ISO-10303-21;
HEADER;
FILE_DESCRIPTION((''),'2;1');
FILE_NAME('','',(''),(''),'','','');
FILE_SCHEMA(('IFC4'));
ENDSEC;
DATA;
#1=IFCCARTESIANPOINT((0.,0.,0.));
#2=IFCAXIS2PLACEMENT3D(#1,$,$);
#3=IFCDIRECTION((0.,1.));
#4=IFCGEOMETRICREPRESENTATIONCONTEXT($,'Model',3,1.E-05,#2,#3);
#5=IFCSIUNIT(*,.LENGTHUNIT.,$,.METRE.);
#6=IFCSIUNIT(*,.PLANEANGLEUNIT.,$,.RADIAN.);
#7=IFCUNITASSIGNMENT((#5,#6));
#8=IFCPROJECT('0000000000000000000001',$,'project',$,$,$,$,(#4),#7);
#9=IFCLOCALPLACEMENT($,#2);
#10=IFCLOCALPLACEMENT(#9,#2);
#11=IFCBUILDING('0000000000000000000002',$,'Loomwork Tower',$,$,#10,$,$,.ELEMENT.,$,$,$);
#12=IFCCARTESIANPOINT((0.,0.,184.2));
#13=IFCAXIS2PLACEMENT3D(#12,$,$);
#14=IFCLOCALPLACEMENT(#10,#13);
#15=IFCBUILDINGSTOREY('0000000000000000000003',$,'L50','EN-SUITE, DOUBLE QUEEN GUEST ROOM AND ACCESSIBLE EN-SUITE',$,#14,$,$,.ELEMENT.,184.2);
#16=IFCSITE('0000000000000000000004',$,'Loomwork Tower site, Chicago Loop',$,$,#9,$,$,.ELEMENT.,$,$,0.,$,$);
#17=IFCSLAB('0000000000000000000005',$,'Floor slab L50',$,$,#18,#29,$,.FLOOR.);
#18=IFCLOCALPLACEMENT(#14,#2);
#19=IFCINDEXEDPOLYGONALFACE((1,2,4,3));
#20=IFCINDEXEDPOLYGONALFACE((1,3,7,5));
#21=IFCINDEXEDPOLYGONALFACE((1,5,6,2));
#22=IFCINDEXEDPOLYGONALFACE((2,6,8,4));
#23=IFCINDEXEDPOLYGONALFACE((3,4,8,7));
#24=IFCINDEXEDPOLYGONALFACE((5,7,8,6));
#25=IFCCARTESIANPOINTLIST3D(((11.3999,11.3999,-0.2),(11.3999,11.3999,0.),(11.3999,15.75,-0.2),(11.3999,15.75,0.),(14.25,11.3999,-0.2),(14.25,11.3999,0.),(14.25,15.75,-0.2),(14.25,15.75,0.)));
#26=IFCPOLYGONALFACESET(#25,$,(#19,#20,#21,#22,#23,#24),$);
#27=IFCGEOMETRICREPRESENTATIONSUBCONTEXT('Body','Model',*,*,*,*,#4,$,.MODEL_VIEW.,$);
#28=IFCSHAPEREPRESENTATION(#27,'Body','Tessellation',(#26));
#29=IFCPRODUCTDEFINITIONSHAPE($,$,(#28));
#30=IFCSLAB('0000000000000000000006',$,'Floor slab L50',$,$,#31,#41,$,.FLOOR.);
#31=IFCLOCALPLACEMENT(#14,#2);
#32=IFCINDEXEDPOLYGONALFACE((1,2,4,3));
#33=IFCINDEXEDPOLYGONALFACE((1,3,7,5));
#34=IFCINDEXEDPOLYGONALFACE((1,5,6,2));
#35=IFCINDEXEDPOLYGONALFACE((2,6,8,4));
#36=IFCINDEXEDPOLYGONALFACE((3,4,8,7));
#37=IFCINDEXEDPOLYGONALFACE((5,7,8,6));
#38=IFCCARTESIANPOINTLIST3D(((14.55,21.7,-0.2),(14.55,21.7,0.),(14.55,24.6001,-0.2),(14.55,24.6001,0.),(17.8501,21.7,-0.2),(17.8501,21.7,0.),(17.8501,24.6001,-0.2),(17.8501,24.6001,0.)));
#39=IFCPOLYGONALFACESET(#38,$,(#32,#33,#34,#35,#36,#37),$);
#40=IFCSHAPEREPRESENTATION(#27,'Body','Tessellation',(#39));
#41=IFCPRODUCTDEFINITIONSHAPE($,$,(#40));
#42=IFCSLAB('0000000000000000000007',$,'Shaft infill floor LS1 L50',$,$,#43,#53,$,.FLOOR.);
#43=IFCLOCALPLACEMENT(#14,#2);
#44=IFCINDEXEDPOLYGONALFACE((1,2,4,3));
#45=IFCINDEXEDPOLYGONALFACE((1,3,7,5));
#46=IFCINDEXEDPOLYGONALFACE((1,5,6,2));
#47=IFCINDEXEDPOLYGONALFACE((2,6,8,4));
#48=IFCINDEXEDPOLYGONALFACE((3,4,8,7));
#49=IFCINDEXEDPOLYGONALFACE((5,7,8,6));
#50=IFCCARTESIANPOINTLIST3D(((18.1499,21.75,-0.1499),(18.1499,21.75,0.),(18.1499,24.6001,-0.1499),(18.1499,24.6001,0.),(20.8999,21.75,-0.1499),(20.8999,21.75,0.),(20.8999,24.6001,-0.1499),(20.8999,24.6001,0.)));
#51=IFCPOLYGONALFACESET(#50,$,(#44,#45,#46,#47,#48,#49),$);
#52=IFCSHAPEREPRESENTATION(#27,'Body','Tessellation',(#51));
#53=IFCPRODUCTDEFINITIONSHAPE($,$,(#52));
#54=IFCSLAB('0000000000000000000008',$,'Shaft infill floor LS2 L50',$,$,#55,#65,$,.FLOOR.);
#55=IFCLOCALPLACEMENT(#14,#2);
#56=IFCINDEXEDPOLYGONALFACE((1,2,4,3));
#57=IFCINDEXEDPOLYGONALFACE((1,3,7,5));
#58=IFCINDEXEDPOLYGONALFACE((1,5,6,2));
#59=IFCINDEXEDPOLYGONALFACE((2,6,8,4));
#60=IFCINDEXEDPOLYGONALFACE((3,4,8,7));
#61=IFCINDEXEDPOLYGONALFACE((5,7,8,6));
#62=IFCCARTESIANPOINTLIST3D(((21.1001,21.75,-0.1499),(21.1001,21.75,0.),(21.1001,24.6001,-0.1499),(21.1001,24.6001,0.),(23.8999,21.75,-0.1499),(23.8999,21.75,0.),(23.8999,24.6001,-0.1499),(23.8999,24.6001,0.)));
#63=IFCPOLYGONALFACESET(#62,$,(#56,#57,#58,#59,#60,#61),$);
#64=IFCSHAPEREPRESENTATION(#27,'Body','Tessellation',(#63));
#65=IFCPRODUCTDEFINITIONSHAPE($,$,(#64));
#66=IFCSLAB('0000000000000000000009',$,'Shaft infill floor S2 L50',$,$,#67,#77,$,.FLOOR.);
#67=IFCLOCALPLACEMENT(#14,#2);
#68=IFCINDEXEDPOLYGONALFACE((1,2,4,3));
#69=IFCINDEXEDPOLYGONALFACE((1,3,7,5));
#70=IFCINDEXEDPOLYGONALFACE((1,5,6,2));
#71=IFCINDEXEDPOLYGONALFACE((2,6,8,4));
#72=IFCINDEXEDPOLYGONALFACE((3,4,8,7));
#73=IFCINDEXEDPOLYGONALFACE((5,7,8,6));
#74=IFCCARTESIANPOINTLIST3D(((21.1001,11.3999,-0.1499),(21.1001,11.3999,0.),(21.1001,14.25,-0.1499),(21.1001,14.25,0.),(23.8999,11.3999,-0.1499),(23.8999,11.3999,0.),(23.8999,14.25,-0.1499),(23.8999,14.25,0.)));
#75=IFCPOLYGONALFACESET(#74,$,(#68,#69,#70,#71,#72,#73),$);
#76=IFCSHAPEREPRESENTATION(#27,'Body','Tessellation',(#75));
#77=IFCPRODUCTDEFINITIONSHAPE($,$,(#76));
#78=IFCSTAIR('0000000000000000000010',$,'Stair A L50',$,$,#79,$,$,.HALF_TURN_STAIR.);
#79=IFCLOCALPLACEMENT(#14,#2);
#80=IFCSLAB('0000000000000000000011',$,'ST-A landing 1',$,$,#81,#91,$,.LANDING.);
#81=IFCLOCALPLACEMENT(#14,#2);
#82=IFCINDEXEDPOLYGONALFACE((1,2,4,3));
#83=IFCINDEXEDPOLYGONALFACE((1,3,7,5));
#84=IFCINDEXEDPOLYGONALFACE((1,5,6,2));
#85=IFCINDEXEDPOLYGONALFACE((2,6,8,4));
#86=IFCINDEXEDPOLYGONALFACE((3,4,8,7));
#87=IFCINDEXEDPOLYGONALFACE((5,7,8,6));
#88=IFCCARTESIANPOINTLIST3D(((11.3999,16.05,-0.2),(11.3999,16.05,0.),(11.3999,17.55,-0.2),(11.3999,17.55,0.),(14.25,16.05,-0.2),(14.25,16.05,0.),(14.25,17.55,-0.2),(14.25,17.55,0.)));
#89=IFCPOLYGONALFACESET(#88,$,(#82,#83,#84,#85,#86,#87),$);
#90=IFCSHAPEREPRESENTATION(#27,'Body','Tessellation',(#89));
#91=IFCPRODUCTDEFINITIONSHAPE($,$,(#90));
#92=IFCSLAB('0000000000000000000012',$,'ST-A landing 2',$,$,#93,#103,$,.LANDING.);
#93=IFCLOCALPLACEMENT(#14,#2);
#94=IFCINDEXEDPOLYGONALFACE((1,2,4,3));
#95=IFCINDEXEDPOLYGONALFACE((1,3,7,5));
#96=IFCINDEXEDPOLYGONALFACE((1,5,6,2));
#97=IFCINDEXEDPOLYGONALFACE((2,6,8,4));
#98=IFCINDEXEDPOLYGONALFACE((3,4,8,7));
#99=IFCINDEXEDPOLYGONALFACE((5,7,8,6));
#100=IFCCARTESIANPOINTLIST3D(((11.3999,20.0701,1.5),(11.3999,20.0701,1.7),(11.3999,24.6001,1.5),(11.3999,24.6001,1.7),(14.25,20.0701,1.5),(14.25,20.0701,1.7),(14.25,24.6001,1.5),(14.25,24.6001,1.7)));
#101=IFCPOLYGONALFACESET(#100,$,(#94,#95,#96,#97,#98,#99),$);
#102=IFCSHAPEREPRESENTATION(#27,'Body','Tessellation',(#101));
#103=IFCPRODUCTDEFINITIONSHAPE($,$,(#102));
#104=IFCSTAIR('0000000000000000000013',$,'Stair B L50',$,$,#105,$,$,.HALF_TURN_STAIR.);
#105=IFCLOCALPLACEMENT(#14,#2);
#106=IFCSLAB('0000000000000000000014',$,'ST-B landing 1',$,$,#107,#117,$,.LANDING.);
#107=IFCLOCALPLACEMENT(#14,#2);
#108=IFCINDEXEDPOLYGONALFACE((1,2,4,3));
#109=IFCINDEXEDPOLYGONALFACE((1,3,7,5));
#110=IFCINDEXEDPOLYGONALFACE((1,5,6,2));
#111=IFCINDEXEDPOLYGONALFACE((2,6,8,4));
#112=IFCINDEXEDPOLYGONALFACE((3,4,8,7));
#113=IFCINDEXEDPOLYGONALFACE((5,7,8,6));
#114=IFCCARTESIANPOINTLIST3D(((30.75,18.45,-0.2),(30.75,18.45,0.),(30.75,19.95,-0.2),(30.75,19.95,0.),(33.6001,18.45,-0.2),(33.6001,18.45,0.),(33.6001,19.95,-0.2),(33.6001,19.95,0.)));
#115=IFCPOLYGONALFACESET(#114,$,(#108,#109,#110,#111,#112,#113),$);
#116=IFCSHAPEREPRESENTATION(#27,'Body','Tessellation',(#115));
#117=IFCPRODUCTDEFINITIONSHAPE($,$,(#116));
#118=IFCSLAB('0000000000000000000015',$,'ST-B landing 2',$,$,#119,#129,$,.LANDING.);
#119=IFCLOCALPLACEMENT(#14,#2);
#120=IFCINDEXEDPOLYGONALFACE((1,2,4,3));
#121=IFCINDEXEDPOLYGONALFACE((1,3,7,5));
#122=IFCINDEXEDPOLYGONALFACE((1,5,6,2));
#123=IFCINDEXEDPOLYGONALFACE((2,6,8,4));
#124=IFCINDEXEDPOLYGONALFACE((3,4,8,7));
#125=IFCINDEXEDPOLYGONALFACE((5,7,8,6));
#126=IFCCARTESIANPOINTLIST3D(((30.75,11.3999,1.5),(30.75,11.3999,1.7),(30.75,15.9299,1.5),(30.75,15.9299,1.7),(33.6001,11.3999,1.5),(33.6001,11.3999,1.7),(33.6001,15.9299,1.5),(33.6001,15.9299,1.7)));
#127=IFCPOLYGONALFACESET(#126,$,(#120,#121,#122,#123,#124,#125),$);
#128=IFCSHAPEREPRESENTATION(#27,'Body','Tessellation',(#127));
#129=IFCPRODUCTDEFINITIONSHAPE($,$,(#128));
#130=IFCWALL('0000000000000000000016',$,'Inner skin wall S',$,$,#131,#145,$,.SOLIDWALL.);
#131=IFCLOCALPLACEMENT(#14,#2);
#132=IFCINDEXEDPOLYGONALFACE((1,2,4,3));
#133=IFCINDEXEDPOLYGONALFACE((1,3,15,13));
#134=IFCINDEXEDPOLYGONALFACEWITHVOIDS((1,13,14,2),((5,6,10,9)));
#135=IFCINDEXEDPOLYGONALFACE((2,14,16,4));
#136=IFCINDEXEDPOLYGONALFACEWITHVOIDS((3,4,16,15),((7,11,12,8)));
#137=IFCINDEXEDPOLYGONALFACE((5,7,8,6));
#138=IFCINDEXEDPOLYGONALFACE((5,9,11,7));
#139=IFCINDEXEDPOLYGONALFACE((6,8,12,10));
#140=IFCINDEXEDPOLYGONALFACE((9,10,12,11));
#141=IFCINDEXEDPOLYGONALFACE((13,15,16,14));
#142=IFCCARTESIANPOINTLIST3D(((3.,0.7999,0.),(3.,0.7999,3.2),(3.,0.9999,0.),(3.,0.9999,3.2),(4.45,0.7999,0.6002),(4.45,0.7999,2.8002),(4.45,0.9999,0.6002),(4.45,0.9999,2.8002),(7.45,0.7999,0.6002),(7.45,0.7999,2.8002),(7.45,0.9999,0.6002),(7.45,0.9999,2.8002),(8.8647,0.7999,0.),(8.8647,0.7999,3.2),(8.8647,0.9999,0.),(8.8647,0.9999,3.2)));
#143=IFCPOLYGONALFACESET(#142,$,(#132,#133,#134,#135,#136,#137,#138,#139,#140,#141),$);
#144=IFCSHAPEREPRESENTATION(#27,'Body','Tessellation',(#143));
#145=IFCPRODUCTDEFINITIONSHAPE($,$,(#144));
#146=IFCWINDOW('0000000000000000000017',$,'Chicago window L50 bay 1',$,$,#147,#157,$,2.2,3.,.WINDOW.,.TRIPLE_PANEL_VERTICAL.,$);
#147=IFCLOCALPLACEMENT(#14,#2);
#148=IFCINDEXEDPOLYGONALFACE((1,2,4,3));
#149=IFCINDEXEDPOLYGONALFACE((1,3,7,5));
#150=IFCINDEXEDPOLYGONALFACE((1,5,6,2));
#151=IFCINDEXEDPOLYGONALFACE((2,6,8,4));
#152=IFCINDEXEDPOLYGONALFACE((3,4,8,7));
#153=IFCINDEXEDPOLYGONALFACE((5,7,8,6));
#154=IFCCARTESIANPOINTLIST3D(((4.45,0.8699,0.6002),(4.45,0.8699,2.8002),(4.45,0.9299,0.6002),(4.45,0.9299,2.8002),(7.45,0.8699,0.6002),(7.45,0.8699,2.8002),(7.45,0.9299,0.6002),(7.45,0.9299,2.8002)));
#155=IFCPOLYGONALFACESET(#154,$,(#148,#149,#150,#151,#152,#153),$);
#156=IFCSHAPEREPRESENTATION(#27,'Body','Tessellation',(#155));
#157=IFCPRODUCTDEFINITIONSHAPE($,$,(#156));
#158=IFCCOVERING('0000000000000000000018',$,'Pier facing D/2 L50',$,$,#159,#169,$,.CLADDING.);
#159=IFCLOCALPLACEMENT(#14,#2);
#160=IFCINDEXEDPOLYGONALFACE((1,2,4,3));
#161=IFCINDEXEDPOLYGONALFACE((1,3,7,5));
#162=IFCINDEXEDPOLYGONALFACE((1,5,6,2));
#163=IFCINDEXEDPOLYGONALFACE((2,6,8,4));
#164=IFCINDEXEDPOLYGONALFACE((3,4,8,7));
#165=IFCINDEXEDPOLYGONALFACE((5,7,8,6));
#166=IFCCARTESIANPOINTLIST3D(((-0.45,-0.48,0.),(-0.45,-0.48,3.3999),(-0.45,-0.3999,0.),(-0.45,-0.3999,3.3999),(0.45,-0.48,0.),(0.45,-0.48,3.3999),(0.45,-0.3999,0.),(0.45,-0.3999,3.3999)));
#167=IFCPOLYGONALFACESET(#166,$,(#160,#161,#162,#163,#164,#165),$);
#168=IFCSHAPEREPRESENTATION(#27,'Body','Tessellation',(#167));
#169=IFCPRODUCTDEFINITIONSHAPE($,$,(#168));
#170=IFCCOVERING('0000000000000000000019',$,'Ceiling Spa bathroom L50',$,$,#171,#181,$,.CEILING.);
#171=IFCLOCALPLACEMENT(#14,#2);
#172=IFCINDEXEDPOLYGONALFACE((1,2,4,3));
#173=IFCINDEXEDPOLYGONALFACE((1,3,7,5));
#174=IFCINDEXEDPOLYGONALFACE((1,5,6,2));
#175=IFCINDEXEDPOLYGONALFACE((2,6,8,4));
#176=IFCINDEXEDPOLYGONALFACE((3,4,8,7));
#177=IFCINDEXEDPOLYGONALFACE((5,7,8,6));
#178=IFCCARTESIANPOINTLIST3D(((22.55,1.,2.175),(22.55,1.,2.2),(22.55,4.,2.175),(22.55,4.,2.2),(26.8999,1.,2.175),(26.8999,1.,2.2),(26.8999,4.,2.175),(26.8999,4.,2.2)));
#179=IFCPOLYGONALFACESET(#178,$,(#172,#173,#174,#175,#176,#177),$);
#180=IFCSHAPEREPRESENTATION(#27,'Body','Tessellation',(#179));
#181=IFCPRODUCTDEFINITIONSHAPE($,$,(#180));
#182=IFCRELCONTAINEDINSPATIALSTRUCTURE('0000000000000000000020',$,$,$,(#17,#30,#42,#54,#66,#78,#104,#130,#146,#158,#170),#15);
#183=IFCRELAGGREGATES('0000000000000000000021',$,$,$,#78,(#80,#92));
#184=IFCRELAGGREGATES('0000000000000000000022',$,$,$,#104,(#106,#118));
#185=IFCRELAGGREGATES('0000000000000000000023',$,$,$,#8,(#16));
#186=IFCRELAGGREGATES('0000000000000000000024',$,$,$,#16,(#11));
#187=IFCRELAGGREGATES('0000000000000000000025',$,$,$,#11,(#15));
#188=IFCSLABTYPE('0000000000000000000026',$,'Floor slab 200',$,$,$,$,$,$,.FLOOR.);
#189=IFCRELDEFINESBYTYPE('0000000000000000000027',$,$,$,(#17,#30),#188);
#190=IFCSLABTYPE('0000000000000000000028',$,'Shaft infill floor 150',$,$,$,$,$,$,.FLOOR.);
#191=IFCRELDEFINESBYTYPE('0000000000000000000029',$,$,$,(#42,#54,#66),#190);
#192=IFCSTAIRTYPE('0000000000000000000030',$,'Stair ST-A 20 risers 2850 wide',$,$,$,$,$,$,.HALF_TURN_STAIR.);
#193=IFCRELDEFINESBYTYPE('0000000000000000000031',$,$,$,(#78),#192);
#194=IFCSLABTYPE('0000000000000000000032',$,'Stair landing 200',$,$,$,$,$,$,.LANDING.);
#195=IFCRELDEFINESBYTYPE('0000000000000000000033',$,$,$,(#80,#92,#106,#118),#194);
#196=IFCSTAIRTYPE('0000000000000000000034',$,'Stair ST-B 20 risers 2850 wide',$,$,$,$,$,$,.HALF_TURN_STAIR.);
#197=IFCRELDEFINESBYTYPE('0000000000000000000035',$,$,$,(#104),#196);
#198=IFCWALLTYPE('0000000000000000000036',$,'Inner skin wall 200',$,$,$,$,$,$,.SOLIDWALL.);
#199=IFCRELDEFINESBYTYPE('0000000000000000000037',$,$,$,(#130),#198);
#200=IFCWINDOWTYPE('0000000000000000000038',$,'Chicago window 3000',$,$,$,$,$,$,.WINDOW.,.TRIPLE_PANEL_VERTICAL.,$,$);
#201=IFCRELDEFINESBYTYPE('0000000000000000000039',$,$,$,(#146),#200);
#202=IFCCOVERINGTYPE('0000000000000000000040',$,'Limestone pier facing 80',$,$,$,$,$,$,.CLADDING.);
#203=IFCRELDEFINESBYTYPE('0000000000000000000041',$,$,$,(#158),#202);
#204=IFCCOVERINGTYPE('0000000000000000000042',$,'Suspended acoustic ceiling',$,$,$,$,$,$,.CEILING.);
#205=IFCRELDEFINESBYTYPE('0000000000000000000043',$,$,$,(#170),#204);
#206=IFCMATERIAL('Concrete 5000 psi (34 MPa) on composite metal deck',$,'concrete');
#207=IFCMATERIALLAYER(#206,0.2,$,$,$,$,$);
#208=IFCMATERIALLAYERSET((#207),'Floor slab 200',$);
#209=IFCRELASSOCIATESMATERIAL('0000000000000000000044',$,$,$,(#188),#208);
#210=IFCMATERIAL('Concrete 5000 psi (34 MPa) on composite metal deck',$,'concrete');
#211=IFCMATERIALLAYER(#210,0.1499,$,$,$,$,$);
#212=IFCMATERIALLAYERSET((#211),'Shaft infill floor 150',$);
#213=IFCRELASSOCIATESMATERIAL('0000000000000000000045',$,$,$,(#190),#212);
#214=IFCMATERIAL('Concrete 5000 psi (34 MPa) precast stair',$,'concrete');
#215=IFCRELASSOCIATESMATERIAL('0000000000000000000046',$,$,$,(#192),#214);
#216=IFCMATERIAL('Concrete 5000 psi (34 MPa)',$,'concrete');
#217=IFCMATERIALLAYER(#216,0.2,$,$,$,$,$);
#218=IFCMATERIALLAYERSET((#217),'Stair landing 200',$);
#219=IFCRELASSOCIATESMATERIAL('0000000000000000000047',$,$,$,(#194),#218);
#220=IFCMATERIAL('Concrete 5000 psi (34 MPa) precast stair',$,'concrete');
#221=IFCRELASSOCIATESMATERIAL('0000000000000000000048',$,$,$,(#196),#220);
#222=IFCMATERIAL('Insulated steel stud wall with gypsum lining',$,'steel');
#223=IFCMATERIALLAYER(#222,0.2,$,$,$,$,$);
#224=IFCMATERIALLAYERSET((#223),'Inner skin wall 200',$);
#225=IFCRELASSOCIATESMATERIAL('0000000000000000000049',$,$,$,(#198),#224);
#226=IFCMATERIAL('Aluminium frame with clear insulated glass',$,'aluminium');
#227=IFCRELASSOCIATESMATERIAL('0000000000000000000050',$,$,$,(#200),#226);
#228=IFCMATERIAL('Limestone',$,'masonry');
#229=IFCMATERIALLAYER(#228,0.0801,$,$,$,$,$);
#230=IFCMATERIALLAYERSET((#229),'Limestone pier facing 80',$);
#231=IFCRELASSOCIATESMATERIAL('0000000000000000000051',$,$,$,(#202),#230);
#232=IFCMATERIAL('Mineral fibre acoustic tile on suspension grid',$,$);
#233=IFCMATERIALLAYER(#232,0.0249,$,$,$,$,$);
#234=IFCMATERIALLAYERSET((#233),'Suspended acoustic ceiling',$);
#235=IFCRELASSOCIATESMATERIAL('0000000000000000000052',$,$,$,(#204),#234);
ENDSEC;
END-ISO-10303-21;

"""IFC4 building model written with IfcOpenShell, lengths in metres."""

from ifc_helpers import new_model, si_unit, direction, frame, frame_2d, origin, origin_2d, place, context, subcontext, project, spatial, polyline, rectangle, outline, extrude, material, layer, layer_set, type_object, element, fill, aggregate, save


model = new_model("IFC4")

# Units and contexts
model_context = context("Model", 3, precision=1e-05, world=origin(), true_north=direction((0.0, 1.0)))
body_context = subcontext(model_context, "Body", "Model", "MODEL_VIEW")
ifc_project = project(units=[si_unit("LENGTHUNIT", "METRE"), si_unit("PLANEANGLEUNIT", "RADIAN")], contexts=[model_context])

# Site, building, storey
site_placement = place(None, origin())
site = spatial("IfcSite", under=ifc_project, at=site_placement, Name="Loomwork Tower site, Chicago Loop", CompositionType="ELEMENT", RefElevation=0.0)
building_placement = place(site_placement, origin())
building = spatial("IfcBuilding", under=site, at=building_placement, Name="Loomwork Tower", CompositionType="ELEMENT")
storey_placement = place(building_placement, frame((0.0, 0.0, 184.2)))
storey = spatial("IfcBuildingStorey", under=building, at=storey_placement, Name="L50", Description="EN-SUITE, DOUBLE QUEEN GUEST ROOM AND ACCESSIBLE EN-SUITE", CompositionType="ELEMENT", Elevation=184.2)

# Slabs
ifc_material_1 = material(Name="Concrete 5000 psi (34 MPa) on composite metal deck", Category="concrete")
ifc_layer_1 = layer(ifc_material_1, 0.2)
ifc_layer_set_1 = layer_set([ifc_layer_1], Name="Floor slab 200")
slab_type_1 = type_object("IfcSlabType", Name="Floor slab 200", PredefinedType="FLOOR", material=ifc_layer_set_1)
slab_1_placement = place(storey_placement, frame((0.0, 0.0, -0.2)))
element("IfcSlab", 1, at=slab_1_placement, inside=storey, type_object=slab_type_1, Name="Floor slab L50", PredefinedType="FLOOR", context=body_context, shape_type="SweptSolid", body=[
    extrude(outline(polyline([(14.25, 15.75), (14.25, 11.3999), (11.3999, 11.3999), (11.3999, 15.75), (14.25, 15.75)])), origin(), (0.0, 0.0, 1.0), 0.2),
])
slab_2_placement = place(storey_placement, frame((0.0, 0.0, -0.2)))
element("IfcSlab", 2, at=slab_2_placement, inside=storey, type_object=slab_type_1, Name="Floor slab L50", PredefinedType="FLOOR", context=body_context, shape_type="SweptSolid", body=[
    extrude(outline(polyline([(14.55, 21.7), (14.55, 24.6001), (17.8501, 24.6001), (17.8501, 21.7), (14.55, 21.7)])), origin(), (0.0, 0.0, 1.0), 0.2),
])
ifc_material_2 = material(Name="Concrete 5000 psi (34 MPa) on composite metal deck", Category="concrete")
ifc_layer_2 = layer(ifc_material_2, 0.1499)
ifc_layer_set_2 = layer_set([ifc_layer_2], Name="Shaft infill floor 150")
slab_type_2 = type_object("IfcSlabType", Name="Shaft infill floor 150", PredefinedType="FLOOR", material=ifc_layer_set_2)
slab_3_placement = place(storey_placement, frame((0.0, 0.0, -0.1499)))
element("IfcSlab", 3, at=slab_3_placement, inside=storey, type_object=slab_type_2, Name="Shaft infill floor LS1 L50", PredefinedType="FLOOR", context=body_context, shape_type="SweptSolid", body=[
    extrude(outline(polyline([(18.1499, 21.75), (20.8999, 21.75), (20.8999, 24.6001), (18.1499, 24.6001), (18.1499, 21.75)])), origin(), (0.0, 0.0, 1.0), 0.1499),
])
slab_4_placement = place(storey_placement, frame((0.0, 0.0, -0.1499)))
element("IfcSlab", 4, at=slab_4_placement, inside=storey, type_object=slab_type_2, Name="Shaft infill floor LS2 L50", PredefinedType="FLOOR", context=body_context, shape_type="SweptSolid", body=[
    extrude(outline(polyline([(21.1001, 21.75), (23.8999, 21.75), (23.8999, 24.6001), (21.1001, 24.6001), (21.1001, 21.75)])), origin(), (0.0, 0.0, 1.0), 0.1499),
])
slab_5_placement = place(storey_placement, frame((0.0, 0.0, -0.1499)))
element("IfcSlab", 5, at=slab_5_placement, inside=storey, type_object=slab_type_2, Name="Shaft infill floor S2 L50", PredefinedType="FLOOR", context=body_context, shape_type="SweptSolid", body=[
    extrude(outline(polyline([(21.1001, 11.3999), (23.8999, 11.3999), (23.8999, 14.25), (21.1001, 14.25), (21.1001, 11.3999)])), origin(), (0.0, 0.0, 1.0), 0.1499),
])

# Stairs, slabs
ifc_material_3 = material(Name="Concrete 5000 psi (34 MPa) precast stair", Category="concrete")
stair_type_1 = type_object("IfcStairType", Name="Stair ST-A 20 risers 2850 wide", PredefinedType="HALF_TURN_STAIR", material=ifc_material_3)
stair_1_placement = place(storey_placement, origin())
stair_1 = element("IfcStair", 6, at=stair_1_placement, inside=storey, type_object=stair_type_1, Name="Stair A L50", PredefinedType="HALF_TURN_STAIR")
ifc_material_4 = material(Name="Concrete 5000 psi (34 MPa)", Category="concrete")
ifc_layer_3 = layer(ifc_material_4, 0.2)
ifc_layer_set_3 = layer_set([ifc_layer_3], Name="Stair landing 200")
slab_type_3 = type_object("IfcSlabType", Name="Stair landing 200", PredefinedType="LANDING", material=ifc_layer_set_3)
slab_6_placement = place(storey_placement, frame((0.0, 0.0, -0.2)))
slab_6 = element("IfcSlab", 7, at=slab_6_placement, type_object=slab_type_3, Name="ST-A landing 1", PredefinedType="LANDING", context=body_context, shape_type="SweptSolid", body=[
    extrude(outline(polyline([(11.3999, 16.05), (14.25, 16.05), (14.25, 17.55), (11.3999, 17.55), (11.3999, 16.05)])), origin(), (0.0, 0.0, 1.0), 0.2),
])
slab_7_placement = place(storey_placement, frame((0.0, 0.0, 1.5)))
slab_7 = element("IfcSlab", 8, at=slab_7_placement, type_object=slab_type_3, Name="ST-A landing 2", PredefinedType="LANDING", context=body_context, shape_type="SweptSolid", body=[
    extrude(outline(polyline([(11.3999, 20.0701), (14.25, 20.0701), (14.25, 24.6001), (11.3999, 24.6001), (11.3999, 20.0701)])), origin(), (0.0, 0.0, 1.0), 0.2),
])
aggregate(stair_1, [slab_6, slab_7])
ifc_material_5 = material(Name="Concrete 5000 psi (34 MPa) precast stair", Category="concrete")
stair_type_2 = type_object("IfcStairType", Name="Stair ST-B 20 risers 2850 wide", PredefinedType="HALF_TURN_STAIR", material=ifc_material_5)
stair_2_placement = place(storey_placement, origin())
stair_2 = element("IfcStair", 9, at=stair_2_placement, inside=storey, type_object=stair_type_2, Name="Stair B L50", PredefinedType="HALF_TURN_STAIR")
slab_8_placement = place(storey_placement, frame((0.0, 0.0, -0.2)))
slab_8 = element("IfcSlab", 10, at=slab_8_placement, type_object=slab_type_3, Name="ST-B landing 1", PredefinedType="LANDING", context=body_context, shape_type="SweptSolid", body=[
    extrude(outline(polyline([(30.75, 18.45), (33.6001, 18.45), (33.6001, 19.95), (30.75, 19.95), (30.75, 18.45)])), origin(), (0.0, 0.0, 1.0), 0.2),
])
slab_9_placement = place(storey_placement, frame((0.0, 0.0, 1.5)))
slab_9 = element("IfcSlab", 11, at=slab_9_placement, type_object=slab_type_3, Name="ST-B landing 2", PredefinedType="LANDING", context=body_context, shape_type="SweptSolid", body=[
    extrude(outline(polyline([(30.75, 11.3999), (33.6001, 11.3999), (33.6001, 15.9299), (30.75, 15.9299), (30.75, 11.3999)])), origin(), (0.0, 0.0, 1.0), 0.2),
])
aggregate(stair_2, [slab_8, slab_9])

# Wall, opening, window
ifc_material_6 = material(Name="Insulated steel stud wall with gypsum lining", Category="steel")
ifc_layer_4 = layer(ifc_material_6, 0.2)
ifc_layer_set_4 = layer_set([ifc_layer_4], Name="Inner skin wall 200")
wall_type = type_object("IfcWallType", Name="Inner skin wall 200", PredefinedType="SOLIDWALL", material=ifc_layer_set_4)
wall_placement = place(storey_placement, frame((3.0, 0.8999, 0.0), z_axis=(0.0, 0.0, 1.0), x_axis=(1.0, 0.0, 0.0)))
wall = element("IfcWall", 12, at=wall_placement, inside=storey, type_object=wall_type, Name="Inner skin wall S", PredefinedType="SOLIDWALL", context=body_context, shape_type="SweptSolid", body=[
    extrude(rectangle(XDim=5.8647, YDim=0.2, at=frame_2d((2.9324, 0.0))), origin(), (0.0, 0.0, 1.0), 3.2),
])
opening_placement = place(wall_placement, frame((1.45, 0.0, 0.6001)))
opening = element("IfcOpeningElement", 13, at=opening_placement, cuts=wall, PredefinedType="OPENING", context=body_context, shape_type="SweptSolid", body=[
    extrude(rectangle(XDim=3.0, YDim=2.2, at=frame_2d((1.5, 1.1001))), frame((0.0, 0.1099, 0.0), z_axis=(0.0, -1.0, 0.0), x_axis=(1.0, 0.0, 0.0)), (0.0, 0.0, 1.0), 0.22),
])
ifc_material_7 = material(Name="Aluminium frame with clear insulated glass", Category="aluminium")
window_type = type_object("IfcWindowType", Name="Chicago window 3000", PartitioningType="TRIPLE_PANEL_VERTICAL", PredefinedType="WINDOW", material=ifc_material_7)
window_placement = place(opening_placement, origin())
window = element("IfcWindow", 14, at=window_placement, inside=storey, type_object=window_type, Name="Chicago window L50 bay 1", OverallHeight=2.2, OverallWidth=3.0, PartitioningType="TRIPLE_PANEL_VERTICAL", PredefinedType="WINDOW", context=body_context, shape_type="SweptSolid", body=[
    extrude(rectangle(XDim=3.0, YDim=2.2, at=frame_2d((1.5, 1.1001))), frame((0.0, 0.03, 0.0), z_axis=(0.0, -1.0, 0.0), x_axis=(1.0, 0.0, 0.0)), (0.0, 0.0, 1.0), 0.0601),
])
fill(opening, window)

# Coverings
ifc_material_8 = material(Name="Limestone", Category="masonry")
ifc_layer_5 = layer(ifc_material_8, 0.0801)
ifc_layer_set_5 = layer_set([ifc_layer_5], Name="Limestone pier facing 80")
covering_type_1 = type_object("IfcCoveringType", Name="Limestone pier facing 80", PredefinedType="CLADDING", material=ifc_layer_set_5)
covering_1_placement = place(storey_placement, frame((0.0, -0.4399, 0.0), z_axis=(0.0, 0.0, 1.0), x_axis=(1.0, 0.0, 0.0)))
element("IfcCovering", 15, at=covering_1_placement, inside=storey, type_object=covering_type_1, Name="Pier facing D/2 L50", PredefinedType="CLADDING", context=body_context, shape_type="SweptSolid", body=[
    extrude(rectangle(XDim=0.8999, YDim=0.0801, at=origin_2d()), origin(), (0.0, 0.0, 1.0), 3.3999),
])
ifc_material_9 = material(Name="Mineral fibre acoustic tile on suspension grid")
ifc_layer_6 = layer(ifc_material_9, 0.0249)
ifc_layer_set_6 = layer_set([ifc_layer_6], Name="Suspended acoustic ceiling")
covering_type_2 = type_object("IfcCoveringType", Name="Suspended acoustic ceiling", PredefinedType="CEILING", material=ifc_layer_set_6)
covering_2_placement = place(storey_placement, frame((0.0, 0.0, 2.175)))
element("IfcCovering", 16, at=covering_2_placement, inside=storey, type_object=covering_type_2, Name="Ceiling Spa bathroom L50", PredefinedType="CEILING", context=body_context, shape_type="SweptSolid", body=[
    extrude(outline(polyline([(26.8999, 4.0), (26.8999, 1.0), (22.55, 1.0), (22.55, 4.0), (26.8999, 4.0)])), origin(), (0.0, 0.0, 1.0), 0.0249),
])

save(model, "model.ifc")
